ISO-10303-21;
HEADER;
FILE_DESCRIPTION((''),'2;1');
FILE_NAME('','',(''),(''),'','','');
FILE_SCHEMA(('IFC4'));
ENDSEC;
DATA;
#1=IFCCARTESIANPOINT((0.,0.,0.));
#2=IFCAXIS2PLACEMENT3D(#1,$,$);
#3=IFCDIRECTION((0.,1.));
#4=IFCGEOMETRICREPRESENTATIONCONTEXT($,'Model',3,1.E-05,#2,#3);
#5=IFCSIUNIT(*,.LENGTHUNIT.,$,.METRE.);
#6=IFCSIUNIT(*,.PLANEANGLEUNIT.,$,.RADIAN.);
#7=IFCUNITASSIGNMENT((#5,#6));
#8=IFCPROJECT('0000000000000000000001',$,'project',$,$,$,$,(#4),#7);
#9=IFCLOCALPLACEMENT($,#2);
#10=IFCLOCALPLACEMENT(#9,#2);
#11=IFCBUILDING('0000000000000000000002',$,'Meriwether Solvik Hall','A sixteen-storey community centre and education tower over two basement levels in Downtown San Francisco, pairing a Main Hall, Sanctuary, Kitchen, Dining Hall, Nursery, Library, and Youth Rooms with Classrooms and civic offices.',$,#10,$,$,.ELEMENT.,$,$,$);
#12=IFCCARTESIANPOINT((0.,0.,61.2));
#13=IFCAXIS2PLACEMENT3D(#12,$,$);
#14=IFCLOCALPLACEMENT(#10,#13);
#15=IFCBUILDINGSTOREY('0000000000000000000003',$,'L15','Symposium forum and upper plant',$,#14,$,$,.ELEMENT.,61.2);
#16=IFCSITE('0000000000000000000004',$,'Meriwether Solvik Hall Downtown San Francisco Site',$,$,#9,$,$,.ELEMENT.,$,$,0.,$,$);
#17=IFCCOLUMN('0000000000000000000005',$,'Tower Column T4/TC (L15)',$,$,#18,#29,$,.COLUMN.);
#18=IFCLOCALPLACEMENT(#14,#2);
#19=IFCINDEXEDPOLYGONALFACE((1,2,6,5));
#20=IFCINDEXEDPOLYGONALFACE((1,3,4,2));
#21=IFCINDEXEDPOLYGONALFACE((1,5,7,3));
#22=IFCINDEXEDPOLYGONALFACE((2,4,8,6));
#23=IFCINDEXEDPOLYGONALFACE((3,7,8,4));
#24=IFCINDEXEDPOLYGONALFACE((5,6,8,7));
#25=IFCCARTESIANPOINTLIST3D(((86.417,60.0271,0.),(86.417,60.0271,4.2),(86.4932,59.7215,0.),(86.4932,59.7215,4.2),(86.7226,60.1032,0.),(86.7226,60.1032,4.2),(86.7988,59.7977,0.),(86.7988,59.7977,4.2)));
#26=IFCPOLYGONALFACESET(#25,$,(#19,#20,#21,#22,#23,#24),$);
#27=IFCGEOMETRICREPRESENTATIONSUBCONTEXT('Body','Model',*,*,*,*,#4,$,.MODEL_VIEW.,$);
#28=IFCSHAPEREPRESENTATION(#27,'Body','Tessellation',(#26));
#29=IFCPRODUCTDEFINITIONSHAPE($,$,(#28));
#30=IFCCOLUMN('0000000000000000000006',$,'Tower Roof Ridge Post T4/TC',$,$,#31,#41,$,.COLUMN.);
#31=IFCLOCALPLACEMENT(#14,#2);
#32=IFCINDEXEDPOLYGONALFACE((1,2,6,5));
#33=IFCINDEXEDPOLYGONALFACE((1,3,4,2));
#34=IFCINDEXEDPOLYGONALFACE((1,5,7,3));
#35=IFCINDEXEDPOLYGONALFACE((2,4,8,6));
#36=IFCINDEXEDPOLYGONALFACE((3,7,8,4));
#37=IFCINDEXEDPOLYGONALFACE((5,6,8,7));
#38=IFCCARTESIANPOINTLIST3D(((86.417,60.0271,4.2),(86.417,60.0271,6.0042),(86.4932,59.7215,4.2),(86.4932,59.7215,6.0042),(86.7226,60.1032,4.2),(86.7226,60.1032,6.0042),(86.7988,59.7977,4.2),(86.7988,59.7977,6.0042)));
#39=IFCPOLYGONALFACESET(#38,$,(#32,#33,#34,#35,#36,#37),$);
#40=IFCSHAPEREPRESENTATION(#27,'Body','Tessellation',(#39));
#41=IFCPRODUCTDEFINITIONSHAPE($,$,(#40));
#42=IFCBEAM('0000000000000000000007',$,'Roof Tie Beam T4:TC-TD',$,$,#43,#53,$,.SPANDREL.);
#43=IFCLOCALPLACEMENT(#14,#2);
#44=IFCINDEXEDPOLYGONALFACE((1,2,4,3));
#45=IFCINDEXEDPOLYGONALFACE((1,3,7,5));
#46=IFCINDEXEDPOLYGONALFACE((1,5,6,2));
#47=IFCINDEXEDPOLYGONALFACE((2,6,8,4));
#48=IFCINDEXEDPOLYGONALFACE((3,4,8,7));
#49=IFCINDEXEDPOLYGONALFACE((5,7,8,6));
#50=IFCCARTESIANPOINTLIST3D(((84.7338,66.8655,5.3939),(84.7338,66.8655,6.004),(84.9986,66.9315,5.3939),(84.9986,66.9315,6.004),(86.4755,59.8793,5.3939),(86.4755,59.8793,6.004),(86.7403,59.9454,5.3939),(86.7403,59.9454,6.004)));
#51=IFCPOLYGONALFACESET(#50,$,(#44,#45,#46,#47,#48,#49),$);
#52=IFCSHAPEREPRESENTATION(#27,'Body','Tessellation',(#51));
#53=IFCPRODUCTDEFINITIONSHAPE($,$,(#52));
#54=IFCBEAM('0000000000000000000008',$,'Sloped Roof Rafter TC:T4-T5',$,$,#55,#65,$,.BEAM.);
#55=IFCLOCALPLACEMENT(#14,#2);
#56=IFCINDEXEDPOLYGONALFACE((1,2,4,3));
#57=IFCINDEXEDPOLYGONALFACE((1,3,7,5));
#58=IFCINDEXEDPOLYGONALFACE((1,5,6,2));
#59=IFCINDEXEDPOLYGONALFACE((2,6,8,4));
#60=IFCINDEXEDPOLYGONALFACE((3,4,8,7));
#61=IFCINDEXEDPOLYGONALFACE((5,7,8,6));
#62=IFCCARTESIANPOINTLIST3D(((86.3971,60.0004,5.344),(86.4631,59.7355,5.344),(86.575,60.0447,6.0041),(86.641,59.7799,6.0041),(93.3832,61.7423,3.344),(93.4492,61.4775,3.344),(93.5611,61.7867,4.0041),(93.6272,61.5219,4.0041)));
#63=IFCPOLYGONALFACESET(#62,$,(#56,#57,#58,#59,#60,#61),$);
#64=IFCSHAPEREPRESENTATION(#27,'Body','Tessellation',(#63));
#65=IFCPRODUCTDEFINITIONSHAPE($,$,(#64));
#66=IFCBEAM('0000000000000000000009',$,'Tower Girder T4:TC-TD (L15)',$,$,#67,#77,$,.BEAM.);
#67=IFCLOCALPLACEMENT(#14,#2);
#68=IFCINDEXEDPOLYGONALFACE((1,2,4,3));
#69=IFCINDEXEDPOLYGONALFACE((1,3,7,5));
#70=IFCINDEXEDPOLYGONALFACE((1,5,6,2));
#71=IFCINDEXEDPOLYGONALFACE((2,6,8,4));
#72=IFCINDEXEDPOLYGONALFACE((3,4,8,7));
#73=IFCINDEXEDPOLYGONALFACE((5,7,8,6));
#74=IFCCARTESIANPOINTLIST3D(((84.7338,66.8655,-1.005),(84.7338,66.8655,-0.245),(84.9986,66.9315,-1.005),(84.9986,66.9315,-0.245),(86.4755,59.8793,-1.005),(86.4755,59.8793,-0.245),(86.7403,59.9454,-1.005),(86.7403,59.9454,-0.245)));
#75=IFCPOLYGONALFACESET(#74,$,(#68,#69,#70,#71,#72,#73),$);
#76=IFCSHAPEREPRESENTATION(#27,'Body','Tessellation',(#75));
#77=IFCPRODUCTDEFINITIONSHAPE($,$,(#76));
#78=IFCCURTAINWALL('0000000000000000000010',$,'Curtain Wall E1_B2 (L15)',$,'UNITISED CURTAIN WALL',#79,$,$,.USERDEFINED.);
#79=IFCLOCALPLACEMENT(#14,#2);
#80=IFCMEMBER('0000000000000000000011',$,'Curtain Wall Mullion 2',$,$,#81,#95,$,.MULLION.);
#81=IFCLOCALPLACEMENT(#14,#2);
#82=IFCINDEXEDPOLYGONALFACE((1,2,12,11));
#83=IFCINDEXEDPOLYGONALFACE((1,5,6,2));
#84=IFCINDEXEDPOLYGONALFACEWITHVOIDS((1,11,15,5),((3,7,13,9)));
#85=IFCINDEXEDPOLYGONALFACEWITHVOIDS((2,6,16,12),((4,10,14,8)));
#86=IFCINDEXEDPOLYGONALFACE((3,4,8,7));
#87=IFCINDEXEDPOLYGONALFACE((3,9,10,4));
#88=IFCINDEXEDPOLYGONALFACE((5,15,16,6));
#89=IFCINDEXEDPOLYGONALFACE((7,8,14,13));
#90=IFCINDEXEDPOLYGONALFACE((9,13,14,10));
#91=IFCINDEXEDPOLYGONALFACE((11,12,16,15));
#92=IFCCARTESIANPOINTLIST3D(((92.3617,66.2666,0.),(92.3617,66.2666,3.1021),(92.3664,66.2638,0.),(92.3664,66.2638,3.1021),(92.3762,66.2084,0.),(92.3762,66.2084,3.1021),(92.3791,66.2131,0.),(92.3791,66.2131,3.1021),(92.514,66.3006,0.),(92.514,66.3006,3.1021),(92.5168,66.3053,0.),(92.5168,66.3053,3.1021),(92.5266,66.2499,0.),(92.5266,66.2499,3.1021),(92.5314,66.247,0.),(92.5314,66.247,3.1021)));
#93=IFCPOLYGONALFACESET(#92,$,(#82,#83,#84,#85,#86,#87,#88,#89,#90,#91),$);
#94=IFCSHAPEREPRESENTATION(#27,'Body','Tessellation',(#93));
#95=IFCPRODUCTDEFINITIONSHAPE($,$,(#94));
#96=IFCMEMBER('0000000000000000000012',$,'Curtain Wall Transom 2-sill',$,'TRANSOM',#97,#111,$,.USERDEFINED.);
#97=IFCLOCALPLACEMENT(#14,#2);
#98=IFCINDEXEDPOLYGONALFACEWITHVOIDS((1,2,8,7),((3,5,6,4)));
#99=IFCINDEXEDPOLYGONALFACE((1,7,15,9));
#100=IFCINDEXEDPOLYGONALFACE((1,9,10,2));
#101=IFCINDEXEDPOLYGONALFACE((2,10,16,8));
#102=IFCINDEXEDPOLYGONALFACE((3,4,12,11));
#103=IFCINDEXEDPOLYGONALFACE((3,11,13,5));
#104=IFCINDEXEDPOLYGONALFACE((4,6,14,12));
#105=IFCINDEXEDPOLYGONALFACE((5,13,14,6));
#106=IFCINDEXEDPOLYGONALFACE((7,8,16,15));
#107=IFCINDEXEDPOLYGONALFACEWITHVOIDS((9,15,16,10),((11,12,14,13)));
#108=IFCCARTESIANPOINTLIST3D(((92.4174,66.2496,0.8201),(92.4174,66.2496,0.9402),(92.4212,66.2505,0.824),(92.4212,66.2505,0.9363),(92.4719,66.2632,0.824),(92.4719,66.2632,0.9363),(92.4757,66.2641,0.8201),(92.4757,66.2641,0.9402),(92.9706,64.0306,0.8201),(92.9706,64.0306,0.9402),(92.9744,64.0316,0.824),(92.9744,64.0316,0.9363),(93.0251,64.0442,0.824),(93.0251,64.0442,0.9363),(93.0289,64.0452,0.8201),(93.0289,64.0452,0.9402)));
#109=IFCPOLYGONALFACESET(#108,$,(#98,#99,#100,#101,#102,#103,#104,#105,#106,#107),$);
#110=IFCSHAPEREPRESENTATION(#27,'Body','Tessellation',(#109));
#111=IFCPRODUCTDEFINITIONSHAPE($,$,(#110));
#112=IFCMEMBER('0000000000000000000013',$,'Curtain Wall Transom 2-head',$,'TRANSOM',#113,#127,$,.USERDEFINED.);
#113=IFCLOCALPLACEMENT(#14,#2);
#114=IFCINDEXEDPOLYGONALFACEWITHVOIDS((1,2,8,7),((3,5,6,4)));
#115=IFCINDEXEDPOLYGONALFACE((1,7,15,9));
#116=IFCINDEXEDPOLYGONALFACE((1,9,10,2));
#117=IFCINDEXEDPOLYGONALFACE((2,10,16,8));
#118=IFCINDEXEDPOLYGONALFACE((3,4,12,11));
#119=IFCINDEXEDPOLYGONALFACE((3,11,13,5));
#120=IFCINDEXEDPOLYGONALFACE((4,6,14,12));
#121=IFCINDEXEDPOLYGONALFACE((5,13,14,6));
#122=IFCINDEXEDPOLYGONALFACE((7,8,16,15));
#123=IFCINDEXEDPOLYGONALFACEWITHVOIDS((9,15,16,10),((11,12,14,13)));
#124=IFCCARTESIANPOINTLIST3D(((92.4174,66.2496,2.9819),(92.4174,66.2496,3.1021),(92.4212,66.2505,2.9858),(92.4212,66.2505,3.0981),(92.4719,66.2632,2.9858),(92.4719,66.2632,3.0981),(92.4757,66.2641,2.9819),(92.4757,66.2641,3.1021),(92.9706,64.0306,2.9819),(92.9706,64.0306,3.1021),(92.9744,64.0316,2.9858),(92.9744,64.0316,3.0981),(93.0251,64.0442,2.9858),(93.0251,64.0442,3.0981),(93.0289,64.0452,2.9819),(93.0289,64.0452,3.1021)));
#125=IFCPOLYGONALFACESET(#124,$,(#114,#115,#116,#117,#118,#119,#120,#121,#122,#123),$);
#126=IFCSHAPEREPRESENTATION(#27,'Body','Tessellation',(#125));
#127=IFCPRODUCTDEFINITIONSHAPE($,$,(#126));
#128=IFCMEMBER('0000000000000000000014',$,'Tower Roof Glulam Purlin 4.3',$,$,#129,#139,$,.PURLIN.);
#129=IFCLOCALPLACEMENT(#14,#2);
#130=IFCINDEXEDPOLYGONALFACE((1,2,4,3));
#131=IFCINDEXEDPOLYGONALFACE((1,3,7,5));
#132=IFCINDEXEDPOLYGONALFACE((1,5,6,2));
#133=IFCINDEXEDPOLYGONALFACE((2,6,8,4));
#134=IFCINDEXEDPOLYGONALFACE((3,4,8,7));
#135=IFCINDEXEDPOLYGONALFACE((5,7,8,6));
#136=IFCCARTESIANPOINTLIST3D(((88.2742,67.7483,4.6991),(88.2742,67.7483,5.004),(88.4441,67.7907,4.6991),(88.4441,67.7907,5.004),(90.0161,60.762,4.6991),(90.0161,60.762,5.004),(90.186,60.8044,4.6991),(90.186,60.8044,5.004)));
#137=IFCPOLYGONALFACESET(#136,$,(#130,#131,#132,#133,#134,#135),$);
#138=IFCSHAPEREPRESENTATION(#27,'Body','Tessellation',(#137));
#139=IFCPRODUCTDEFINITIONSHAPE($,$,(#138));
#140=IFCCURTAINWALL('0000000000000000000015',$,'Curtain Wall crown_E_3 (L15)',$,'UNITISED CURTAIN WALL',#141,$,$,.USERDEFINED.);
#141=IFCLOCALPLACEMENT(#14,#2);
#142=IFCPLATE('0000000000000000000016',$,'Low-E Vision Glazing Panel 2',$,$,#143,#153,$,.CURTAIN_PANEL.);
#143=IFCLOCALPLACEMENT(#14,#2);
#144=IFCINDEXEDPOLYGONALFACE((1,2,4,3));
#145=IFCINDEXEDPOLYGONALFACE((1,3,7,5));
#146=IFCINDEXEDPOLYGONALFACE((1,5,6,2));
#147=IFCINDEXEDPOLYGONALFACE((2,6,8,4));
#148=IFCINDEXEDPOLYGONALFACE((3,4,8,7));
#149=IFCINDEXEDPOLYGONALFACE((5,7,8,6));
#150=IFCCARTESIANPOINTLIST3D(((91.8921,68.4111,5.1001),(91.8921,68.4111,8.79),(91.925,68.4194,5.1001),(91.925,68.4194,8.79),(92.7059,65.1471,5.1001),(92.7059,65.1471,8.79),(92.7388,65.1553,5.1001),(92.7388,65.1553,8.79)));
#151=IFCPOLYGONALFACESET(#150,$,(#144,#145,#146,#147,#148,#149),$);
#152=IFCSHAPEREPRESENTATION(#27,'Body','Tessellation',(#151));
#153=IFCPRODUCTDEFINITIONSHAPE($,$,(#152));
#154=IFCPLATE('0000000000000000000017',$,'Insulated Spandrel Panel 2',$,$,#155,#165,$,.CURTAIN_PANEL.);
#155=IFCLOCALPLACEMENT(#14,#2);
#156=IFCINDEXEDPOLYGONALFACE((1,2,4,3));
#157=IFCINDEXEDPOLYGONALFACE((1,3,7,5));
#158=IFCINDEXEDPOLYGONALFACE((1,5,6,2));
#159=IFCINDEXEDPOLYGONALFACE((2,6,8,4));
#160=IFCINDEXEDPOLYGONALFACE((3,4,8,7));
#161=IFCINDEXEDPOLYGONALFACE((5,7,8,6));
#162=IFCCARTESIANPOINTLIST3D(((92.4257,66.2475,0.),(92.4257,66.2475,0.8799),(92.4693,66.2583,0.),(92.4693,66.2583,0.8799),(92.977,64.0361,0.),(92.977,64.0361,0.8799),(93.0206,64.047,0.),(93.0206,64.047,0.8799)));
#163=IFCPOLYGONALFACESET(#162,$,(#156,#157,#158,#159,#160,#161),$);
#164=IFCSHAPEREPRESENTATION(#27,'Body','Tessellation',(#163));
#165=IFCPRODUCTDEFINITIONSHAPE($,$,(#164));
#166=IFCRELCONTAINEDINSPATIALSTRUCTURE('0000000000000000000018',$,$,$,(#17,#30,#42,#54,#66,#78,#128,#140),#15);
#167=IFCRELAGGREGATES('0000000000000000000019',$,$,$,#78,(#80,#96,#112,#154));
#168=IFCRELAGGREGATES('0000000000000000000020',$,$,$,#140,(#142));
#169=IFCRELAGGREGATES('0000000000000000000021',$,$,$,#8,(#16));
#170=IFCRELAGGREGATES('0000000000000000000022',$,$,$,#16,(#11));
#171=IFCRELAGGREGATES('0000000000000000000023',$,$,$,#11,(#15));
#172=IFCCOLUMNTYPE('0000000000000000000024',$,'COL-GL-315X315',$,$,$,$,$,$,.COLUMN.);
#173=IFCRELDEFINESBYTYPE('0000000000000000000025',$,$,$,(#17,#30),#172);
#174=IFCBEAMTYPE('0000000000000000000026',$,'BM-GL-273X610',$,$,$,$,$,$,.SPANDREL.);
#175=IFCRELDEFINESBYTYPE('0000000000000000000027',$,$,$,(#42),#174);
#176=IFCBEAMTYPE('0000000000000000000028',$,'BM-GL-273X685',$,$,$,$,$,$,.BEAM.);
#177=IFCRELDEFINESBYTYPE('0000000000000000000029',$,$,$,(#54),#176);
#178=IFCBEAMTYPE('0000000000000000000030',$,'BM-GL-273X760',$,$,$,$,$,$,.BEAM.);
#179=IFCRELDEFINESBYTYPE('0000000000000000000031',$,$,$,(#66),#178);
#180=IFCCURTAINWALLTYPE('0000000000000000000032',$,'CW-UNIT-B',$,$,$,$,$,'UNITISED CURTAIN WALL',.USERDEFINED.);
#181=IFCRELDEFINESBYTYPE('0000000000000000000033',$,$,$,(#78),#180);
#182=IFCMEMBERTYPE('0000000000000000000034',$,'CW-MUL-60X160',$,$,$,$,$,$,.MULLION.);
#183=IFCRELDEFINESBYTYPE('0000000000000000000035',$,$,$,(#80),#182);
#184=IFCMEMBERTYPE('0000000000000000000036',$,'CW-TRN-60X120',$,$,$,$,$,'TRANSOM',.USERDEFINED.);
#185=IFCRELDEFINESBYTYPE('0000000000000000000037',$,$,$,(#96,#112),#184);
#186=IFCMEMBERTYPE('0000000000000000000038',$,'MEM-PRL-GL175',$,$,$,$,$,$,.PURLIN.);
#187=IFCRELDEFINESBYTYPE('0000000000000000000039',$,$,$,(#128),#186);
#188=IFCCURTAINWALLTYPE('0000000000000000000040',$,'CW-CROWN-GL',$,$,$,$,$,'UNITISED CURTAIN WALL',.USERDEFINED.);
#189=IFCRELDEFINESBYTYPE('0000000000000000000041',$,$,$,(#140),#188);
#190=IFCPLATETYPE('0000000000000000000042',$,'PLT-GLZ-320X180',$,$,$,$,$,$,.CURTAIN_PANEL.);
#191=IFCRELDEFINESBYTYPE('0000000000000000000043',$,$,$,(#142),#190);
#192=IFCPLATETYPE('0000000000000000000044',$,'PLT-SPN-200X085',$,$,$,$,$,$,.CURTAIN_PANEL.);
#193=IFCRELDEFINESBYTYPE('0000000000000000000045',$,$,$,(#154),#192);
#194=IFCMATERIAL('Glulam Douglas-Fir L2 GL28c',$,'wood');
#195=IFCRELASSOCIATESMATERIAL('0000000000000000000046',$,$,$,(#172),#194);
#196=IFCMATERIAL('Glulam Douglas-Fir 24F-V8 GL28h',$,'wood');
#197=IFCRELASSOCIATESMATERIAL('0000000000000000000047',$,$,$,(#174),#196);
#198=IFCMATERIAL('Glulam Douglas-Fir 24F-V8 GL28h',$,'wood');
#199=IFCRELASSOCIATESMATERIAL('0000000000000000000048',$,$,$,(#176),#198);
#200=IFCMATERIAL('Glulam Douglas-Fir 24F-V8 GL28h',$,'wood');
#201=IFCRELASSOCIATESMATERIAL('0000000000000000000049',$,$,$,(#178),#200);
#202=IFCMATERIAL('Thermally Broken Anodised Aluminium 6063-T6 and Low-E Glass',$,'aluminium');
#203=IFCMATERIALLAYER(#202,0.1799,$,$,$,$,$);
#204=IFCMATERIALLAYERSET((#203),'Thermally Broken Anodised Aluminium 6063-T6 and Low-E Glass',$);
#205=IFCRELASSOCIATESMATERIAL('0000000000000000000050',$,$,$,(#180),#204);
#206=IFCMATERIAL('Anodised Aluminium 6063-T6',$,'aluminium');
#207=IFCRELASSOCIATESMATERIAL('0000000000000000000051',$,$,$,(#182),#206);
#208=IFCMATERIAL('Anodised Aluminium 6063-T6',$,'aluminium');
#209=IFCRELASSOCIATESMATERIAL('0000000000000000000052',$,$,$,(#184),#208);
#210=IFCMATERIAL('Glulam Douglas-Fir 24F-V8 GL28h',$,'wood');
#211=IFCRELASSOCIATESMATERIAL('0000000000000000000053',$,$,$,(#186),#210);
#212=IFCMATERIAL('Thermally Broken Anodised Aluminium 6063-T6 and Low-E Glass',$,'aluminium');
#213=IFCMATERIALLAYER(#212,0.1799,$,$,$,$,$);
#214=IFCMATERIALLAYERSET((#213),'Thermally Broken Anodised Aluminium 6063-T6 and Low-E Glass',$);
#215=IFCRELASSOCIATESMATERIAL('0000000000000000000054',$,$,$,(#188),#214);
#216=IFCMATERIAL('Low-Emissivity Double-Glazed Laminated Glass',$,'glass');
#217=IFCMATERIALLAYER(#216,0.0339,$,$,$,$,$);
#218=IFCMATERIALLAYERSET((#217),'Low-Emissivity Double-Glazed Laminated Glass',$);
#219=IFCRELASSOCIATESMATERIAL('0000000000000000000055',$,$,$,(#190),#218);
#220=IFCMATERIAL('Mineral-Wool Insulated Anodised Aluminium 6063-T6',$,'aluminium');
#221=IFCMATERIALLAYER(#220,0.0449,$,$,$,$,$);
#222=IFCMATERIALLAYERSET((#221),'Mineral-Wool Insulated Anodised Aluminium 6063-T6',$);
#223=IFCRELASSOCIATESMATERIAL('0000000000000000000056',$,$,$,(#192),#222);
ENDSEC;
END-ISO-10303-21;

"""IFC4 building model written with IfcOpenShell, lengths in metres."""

from ifc_helpers import new_model, si_unit, direction, frame, origin, origin_2d, place, context, subcontext, project, spatial, rectangle, hollow_rectangle, extrude, material, layer, layer_set, material_profile, profile_set, type_object, element, aggregate, save


model = new_model("IFC4")

# Units and contexts
model_context = context("Model", 3, precision=1e-05, world=origin(), true_north=direction((0.0, 1.0)))
body_context = subcontext(model_context, "Body", "Model", "MODEL_VIEW")
ifc_project = project(units=[si_unit("LENGTHUNIT", "METRE"), si_unit("PLANEANGLEUNIT", "RADIAN")], contexts=[model_context])

# Site, building, storey
site_placement = place(None, origin())
site = spatial("IfcSite", under=ifc_project, at=site_placement, Name="Meriwether Solvik Hall Downtown San Francisco Site", CompositionType="ELEMENT", RefElevation=0.0)
building_placement = place(site_placement, origin())
building = spatial("IfcBuilding", under=site, at=building_placement, Name="Meriwether Solvik Hall", Description="A sixteen-storey community centre and education tower over two basement levels in Downtown San Francisco, pairing a Main Hall, Sanctuary, Kitchen, Dining Hall, Nursery, Library, and Youth Rooms with Classrooms and civic offices.", CompositionType="ELEMENT")
storey_placement = place(building_placement, frame((0.0, 0.0, 61.2)))
storey = spatial("IfcBuildingStorey", under=building, at=storey_placement, Name="L15", Description="Symposium forum and upper plant", CompositionType="ELEMENT", Elevation=61.2)

# Columns
ifc_material_1 = material(Name="Glulam Douglas-Fir L2 GL28c", Category="wood")
ifc_material_profile_1 = material_profile(ifc_material_1, rectangle(XDim=0.3149, YDim=0.3149, at=origin_2d()), Name="GLC-315X315")
ifc_profile_set_1 = profile_set([ifc_material_profile_1], Name="Glulam Douglas-Fir L2 GL28c")
column_type = type_object("IfcColumnType", Name="COL-GL-315X315", PredefinedType="COLUMN", material=ifc_profile_set_1)
column_1_placement = place(storey_placement, frame((86.6079, 59.9124, 0.0), z_axis=(0.0, 0.0, 1.0), x_axis=(0.970296, 0.241922, 0.0)))
element("IfcColumn", 1, at=column_1_placement, inside=storey, type_object=column_type, Name="Tower Column T4/TC (L15)", PredefinedType="COLUMN", context=body_context, shape_type="SweptSolid", body=[
    extrude(rectangle(XDim=0.3149, YDim=0.3149, at=origin_2d()), origin(), (0.0, 0.0, 1.0), 4.2),
])
column_2_placement = place(storey_placement, frame((86.6079, 59.9124, 4.2), z_axis=(0.0, 0.0, 1.0), x_axis=(0.970296, 0.241922, 0.0)))
element("IfcColumn", 2, at=column_2_placement, inside=storey, type_object=column_type, Name="Tower Roof Ridge Post T4/TC", PredefinedType="COLUMN", context=body_context, shape_type="SweptSolid", body=[
    extrude(rectangle(XDim=0.3149, YDim=0.3149, at=origin_2d()), origin(), (0.0, 0.0, 1.0), 1.8042),
])

# Beams
ifc_material_2 = material(Name="Glulam Douglas-Fir 24F-V8 GL28h", Category="wood")
ifc_material_profile_2 = material_profile(ifc_material_2, rectangle(XDim=0.2729, YDim=0.6101, at=origin_2d()), Name="GLB-273X610")
ifc_profile_set_2 = profile_set([ifc_material_profile_2], Name="Glulam Douglas-Fir 24F-V8 GL28h")
beam_type_1 = type_object("IfcBeamType", Name="BM-GL-273X610", PredefinedType="SPANDREL", material=ifc_profile_set_2)
beam_1_placement = place(storey_placement, frame((86.6079, 59.9124, 5.699), z_axis=(-0.241905, 0.9703, 0.0), x_axis=(-0.9703, -0.241905, 0.0)))
element("IfcBeam", 3, at=beam_1_placement, inside=storey, type_object=beam_type_1, Name="Roof Tie Beam T4:TC-TD", PredefinedType="SPANDREL", context=body_context, shape_type="SweptSolid", body=[
    extrude(rectangle(XDim=0.2729, YDim=0.6101, at=origin_2d()), origin(), (0.0, 0.0, 1.0), 7.2),
])
ifc_material_3 = material(Name="Glulam Douglas-Fir 24F-V8 GL28h", Category="wood")
ifc_material_profile_3 = material_profile(ifc_material_3, rectangle(XDim=0.2729, YDim=0.6851, at=origin_2d()), Name="GLB-273X685")
ifc_profile_set_3 = profile_set([ifc_material_profile_3], Name="Glulam Douglas-Fir 24F-V8 GL28h")
beam_type_2 = type_object("IfcBeamType", Name="BM-GL-273X685", PredefinedType="BEAM", material=ifc_profile_set_3)
beam_2_placement = place(storey_placement, frame((86.519, 59.8901, 5.6741), z_axis=(0.934893, 0.233111, -0.267644), x_axis=(-0.241937, 0.970292, 0.0)))
element("IfcBeam", 4, at=beam_2_placement, inside=storey, type_object=beam_type_2, Name="Sloped Roof Rafter TC:T4-T5", PredefinedType="BEAM", context=body_context, shape_type="SweptSolid", body=[
    extrude(rectangle(XDim=0.2729, YDim=0.6851, at=origin_2d()), origin(), (0.0, 0.0, 1.0), 7.4727),
])
ifc_material_4 = material(Name="Glulam Douglas-Fir 24F-V8 GL28h", Category="wood")
ifc_material_profile_4 = material_profile(ifc_material_4, rectangle(XDim=0.2729, YDim=0.76, at=origin_2d()), Name="GLB-273X760")
ifc_profile_set_4 = profile_set([ifc_material_profile_4], Name="Glulam Douglas-Fir 24F-V8 GL28h")
beam_type_3 = type_object("IfcBeamType", Name="BM-GL-273X760", PredefinedType="BEAM", material=ifc_profile_set_4)
beam_3_placement = place(storey_placement, frame((86.6079, 59.9124, -0.625), z_axis=(-0.241905, 0.9703, 0.0), x_axis=(-0.9703, -0.241905, 0.0)))
element("IfcBeam", 5, at=beam_3_placement, inside=storey, type_object=beam_type_3, Name="Tower Girder T4:TC-TD (L15)", PredefinedType="BEAM", context=body_context, shape_type="SweptSolid", body=[
    extrude(rectangle(XDim=0.2729, YDim=0.76, at=origin_2d()), origin(), (0.0, 0.0, 1.0), 7.2),
])

# Curtain wall, members
ifc_material_5 = material(Name="Thermally Broken Anodised Aluminium 6063-T6 and Low-E Glass", Category="aluminium")
ifc_layer_1 = layer(ifc_material_5, 0.1799)
ifc_layer_set_1 = layer_set([ifc_layer_1], Name="Thermally Broken Anodised Aluminium 6063-T6 and Low-E Glass")
curtain_wall_type_1 = type_object("IfcCurtainWallType", Name="CW-UNIT-B", ElementType="UNITISED CURTAIN WALL", PredefinedType="USERDEFINED", material=ifc_layer_set_1)
curtain_wall_1_placement = place(storey_placement, origin())
curtain_wall_1 = element("IfcCurtainWall", 6, at=curtain_wall_1_placement, inside=storey, type_object=curtain_wall_type_1, Name="Curtain Wall E1_B2 (L15)", ObjectType="UNITISED CURTAIN WALL", PredefinedType="USERDEFINED")
ifc_material_6 = material(Name="Anodised Aluminium 6063-T6", Category="aluminium")
ifc_material_profile_5 = material_profile(ifc_material_6, hollow_rectangle(XDim=0.0601, YDim=0.1599, WallThickness=0.0039, at=origin_2d()), Name="CWM-60X160")
ifc_profile_set_5 = profile_set([ifc_material_profile_5], Name="Anodised Aluminium 6063-T6")
member_type_1 = type_object("IfcMemberType", Name="CW-MUL-60X160", PredefinedType="MULLION", material=ifc_profile_set_5)
member_1_placement = place(storey_placement, frame((92.4465, 66.2568, 0.0), z_axis=(0.0, 0.0, 1.0), x_axis=(0.241922, -0.970296, 0.0)))
member_1 = element("IfcMember", 7, at=member_1_placement, type_object=member_type_1, Name="Curtain Wall Mullion 2", PredefinedType="MULLION", context=body_context, shape_type="SweptSolid", body=[
    extrude(hollow_rectangle(XDim=0.0601, YDim=0.1599, WallThickness=0.0039, at=origin_2d()), origin(), (0.0, 0.0, 1.0), 3.1021),
])
ifc_material_7 = material(Name="Anodised Aluminium 6063-T6", Category="aluminium")
ifc_material_profile_6 = material_profile(ifc_material_7, hollow_rectangle(XDim=0.0601, YDim=0.1201, WallThickness=0.0039, at=origin_2d()), Name="CWT-60X120")
ifc_profile_set_6 = profile_set([ifc_material_profile_6], Name="Anodised Aluminium 6063-T6")
member_type_2 = type_object("IfcMemberType", Name="CW-TRN-60X120", ElementType="TRANSOM", PredefinedType="USERDEFINED", material=ifc_profile_set_6)
member_2_placement = place(storey_placement, frame((92.4465, 66.2568, 0.8801), z_axis=(0.241908, -0.970299, 0.0), x_axis=(0.970299, 0.241908, 0.0)))
member_2 = element("IfcMember", 8, at=member_2_placement, type_object=member_type_2, Name="Curtain Wall Transom 2-sill", ObjectType="TRANSOM", PredefinedType="USERDEFINED", context=body_context, shape_type="SweptSolid", body=[
    extrude(hollow_rectangle(XDim=0.0601, YDim=0.1201, WallThickness=0.0039, at=origin_2d()), origin(), (0.0, 0.0, 1.0), 2.2869),
])
member_3_placement = place(storey_placement, frame((92.4465, 66.2568, 3.042), z_axis=(0.241908, -0.970299, 0.0), x_axis=(0.970299, 0.241908, 0.0)))
member_3 = element("IfcMember", 9, at=member_3_placement, type_object=member_type_2, Name="Curtain Wall Transom 2-head", ObjectType="TRANSOM", PredefinedType="USERDEFINED", context=body_context, shape_type="SweptSolid", body=[
    extrude(hollow_rectangle(XDim=0.0601, YDim=0.1201, WallThickness=0.0039, at=origin_2d()), origin(), (0.0, 0.0, 1.0), 2.2869),
])

# Member
ifc_material_8 = material(Name="Glulam Douglas-Fir 24F-V8 GL28h", Category="wood")
ifc_material_profile_7 = material_profile(ifc_material_8, rectangle(XDim=0.175, YDim=0.3049, at=origin_2d()), Name="GLM-175X305")
ifc_profile_set_7 = profile_set([ifc_material_profile_7], Name="Glulam Douglas-Fir 24F-V8 GL28h")
member_type_3 = type_object("IfcMemberType", Name="MEM-PRL-GL175", PredefinedType="PURLIN", material=ifc_profile_set_7)
member_4_placement = place(storey_placement, frame((90.1011, 60.7832, 4.8516), z_axis=(-0.241929, 0.970294, 0.0), x_axis=(-0.970294, -0.241929, 0.0)))
element("IfcMember", 10, at=member_4_placement, inside=storey, type_object=member_type_3, Name="Tower Roof Glulam Purlin 4.3", PredefinedType="PURLIN", context=body_context, shape_type="SweptSolid", body=[
    extrude(rectangle(XDim=0.175, YDim=0.3049, at=origin_2d()), origin(), (0.0, 0.0, 1.0), 7.2002),
])

# Curtain wall, plate
ifc_material_9 = material(Name="Thermally Broken Anodised Aluminium 6063-T6 and Low-E Glass", Category="aluminium")
ifc_layer_2 = layer(ifc_material_9, 0.1799)
ifc_layer_set_2 = layer_set([ifc_layer_2], Name="Thermally Broken Anodised Aluminium 6063-T6 and Low-E Glass")
curtain_wall_type_2 = type_object("IfcCurtainWallType", Name="CW-CROWN-GL", ElementType="UNITISED CURTAIN WALL", PredefinedType="USERDEFINED", material=ifc_layer_set_2)
curtain_wall_2_placement = place(storey_placement, origin())
curtain_wall_2 = element("IfcCurtainWall", 11, at=curtain_wall_2_placement, inside=storey, type_object=curtain_wall_type_2, Name="Curtain Wall crown_E_3 (L15)", ObjectType="UNITISED CURTAIN WALL", PredefinedType="USERDEFINED")
ifc_material_10 = material(Name="Low-Emissivity Double-Glazed Laminated Glass", Category="glass")
ifc_layer_3 = layer(ifc_material_10, 0.0339)
ifc_layer_set_3 = layer_set([ifc_layer_3], Name="Low-Emissivity Double-Glazed Laminated Glass")
plate_type_1 = type_object("IfcPlateType", Name="PLT-GLZ-320X180", PredefinedType="CURTAIN_PANEL", material=ifc_layer_set_3)
plate_1_placement = place(storey_placement, frame((92.3154, 66.7832, 5.1001), z_axis=(0.0, 0.0, 1.0), x_axis=(-0.241923, 0.970296, 0.0)))
plate_1 = element("IfcPlate", 12, at=plate_1_placement, type_object=plate_type_1, Name="Low-E Vision Glazing Panel 2", PredefinedType="CURTAIN_PANEL", context=body_context, shape_type="SweptSolid", body=[
    extrude(rectangle(XDim=3.364, YDim=0.0339, at=origin_2d()), origin(), (0.0, 0.0, 1.0), 3.6899),
])

# Plate
ifc_material_11 = material(Name="Mineral-Wool Insulated Anodised Aluminium 6063-T6", Category="aluminium")
ifc_layer_4 = layer(ifc_material_11, 0.0449)
ifc_layer_set_4 = layer_set([ifc_layer_4], Name="Mineral-Wool Insulated Anodised Aluminium 6063-T6")
plate_type_2 = type_object("IfcPlateType", Name="PLT-SPN-200X085", PredefinedType="CURTAIN_PANEL", material=ifc_layer_set_4)
plate_2_placement = place(storey_placement, frame((92.7231, 65.1472, 0.0), z_axis=(0.0, 0.0, 1.0), x_axis=(0.241922, -0.970296, 0.0)))
plate_2 = element("IfcPlate", 13, at=plate_2_placement, type_object=plate_type_2, Name="Insulated Spandrel Panel 2", PredefinedType="CURTAIN_PANEL", context=body_context, shape_type="SweptSolid", body=[
    extrude(rectangle(XDim=2.2791, YDim=0.0449, at=origin_2d()), origin(), (0.0, 0.0, 1.0), 0.8799),
])
aggregate(curtain_wall_1, [member_1, member_2, member_3, plate_2])
aggregate(curtain_wall_2, [plate_1])

save(model, "model.ifc")
